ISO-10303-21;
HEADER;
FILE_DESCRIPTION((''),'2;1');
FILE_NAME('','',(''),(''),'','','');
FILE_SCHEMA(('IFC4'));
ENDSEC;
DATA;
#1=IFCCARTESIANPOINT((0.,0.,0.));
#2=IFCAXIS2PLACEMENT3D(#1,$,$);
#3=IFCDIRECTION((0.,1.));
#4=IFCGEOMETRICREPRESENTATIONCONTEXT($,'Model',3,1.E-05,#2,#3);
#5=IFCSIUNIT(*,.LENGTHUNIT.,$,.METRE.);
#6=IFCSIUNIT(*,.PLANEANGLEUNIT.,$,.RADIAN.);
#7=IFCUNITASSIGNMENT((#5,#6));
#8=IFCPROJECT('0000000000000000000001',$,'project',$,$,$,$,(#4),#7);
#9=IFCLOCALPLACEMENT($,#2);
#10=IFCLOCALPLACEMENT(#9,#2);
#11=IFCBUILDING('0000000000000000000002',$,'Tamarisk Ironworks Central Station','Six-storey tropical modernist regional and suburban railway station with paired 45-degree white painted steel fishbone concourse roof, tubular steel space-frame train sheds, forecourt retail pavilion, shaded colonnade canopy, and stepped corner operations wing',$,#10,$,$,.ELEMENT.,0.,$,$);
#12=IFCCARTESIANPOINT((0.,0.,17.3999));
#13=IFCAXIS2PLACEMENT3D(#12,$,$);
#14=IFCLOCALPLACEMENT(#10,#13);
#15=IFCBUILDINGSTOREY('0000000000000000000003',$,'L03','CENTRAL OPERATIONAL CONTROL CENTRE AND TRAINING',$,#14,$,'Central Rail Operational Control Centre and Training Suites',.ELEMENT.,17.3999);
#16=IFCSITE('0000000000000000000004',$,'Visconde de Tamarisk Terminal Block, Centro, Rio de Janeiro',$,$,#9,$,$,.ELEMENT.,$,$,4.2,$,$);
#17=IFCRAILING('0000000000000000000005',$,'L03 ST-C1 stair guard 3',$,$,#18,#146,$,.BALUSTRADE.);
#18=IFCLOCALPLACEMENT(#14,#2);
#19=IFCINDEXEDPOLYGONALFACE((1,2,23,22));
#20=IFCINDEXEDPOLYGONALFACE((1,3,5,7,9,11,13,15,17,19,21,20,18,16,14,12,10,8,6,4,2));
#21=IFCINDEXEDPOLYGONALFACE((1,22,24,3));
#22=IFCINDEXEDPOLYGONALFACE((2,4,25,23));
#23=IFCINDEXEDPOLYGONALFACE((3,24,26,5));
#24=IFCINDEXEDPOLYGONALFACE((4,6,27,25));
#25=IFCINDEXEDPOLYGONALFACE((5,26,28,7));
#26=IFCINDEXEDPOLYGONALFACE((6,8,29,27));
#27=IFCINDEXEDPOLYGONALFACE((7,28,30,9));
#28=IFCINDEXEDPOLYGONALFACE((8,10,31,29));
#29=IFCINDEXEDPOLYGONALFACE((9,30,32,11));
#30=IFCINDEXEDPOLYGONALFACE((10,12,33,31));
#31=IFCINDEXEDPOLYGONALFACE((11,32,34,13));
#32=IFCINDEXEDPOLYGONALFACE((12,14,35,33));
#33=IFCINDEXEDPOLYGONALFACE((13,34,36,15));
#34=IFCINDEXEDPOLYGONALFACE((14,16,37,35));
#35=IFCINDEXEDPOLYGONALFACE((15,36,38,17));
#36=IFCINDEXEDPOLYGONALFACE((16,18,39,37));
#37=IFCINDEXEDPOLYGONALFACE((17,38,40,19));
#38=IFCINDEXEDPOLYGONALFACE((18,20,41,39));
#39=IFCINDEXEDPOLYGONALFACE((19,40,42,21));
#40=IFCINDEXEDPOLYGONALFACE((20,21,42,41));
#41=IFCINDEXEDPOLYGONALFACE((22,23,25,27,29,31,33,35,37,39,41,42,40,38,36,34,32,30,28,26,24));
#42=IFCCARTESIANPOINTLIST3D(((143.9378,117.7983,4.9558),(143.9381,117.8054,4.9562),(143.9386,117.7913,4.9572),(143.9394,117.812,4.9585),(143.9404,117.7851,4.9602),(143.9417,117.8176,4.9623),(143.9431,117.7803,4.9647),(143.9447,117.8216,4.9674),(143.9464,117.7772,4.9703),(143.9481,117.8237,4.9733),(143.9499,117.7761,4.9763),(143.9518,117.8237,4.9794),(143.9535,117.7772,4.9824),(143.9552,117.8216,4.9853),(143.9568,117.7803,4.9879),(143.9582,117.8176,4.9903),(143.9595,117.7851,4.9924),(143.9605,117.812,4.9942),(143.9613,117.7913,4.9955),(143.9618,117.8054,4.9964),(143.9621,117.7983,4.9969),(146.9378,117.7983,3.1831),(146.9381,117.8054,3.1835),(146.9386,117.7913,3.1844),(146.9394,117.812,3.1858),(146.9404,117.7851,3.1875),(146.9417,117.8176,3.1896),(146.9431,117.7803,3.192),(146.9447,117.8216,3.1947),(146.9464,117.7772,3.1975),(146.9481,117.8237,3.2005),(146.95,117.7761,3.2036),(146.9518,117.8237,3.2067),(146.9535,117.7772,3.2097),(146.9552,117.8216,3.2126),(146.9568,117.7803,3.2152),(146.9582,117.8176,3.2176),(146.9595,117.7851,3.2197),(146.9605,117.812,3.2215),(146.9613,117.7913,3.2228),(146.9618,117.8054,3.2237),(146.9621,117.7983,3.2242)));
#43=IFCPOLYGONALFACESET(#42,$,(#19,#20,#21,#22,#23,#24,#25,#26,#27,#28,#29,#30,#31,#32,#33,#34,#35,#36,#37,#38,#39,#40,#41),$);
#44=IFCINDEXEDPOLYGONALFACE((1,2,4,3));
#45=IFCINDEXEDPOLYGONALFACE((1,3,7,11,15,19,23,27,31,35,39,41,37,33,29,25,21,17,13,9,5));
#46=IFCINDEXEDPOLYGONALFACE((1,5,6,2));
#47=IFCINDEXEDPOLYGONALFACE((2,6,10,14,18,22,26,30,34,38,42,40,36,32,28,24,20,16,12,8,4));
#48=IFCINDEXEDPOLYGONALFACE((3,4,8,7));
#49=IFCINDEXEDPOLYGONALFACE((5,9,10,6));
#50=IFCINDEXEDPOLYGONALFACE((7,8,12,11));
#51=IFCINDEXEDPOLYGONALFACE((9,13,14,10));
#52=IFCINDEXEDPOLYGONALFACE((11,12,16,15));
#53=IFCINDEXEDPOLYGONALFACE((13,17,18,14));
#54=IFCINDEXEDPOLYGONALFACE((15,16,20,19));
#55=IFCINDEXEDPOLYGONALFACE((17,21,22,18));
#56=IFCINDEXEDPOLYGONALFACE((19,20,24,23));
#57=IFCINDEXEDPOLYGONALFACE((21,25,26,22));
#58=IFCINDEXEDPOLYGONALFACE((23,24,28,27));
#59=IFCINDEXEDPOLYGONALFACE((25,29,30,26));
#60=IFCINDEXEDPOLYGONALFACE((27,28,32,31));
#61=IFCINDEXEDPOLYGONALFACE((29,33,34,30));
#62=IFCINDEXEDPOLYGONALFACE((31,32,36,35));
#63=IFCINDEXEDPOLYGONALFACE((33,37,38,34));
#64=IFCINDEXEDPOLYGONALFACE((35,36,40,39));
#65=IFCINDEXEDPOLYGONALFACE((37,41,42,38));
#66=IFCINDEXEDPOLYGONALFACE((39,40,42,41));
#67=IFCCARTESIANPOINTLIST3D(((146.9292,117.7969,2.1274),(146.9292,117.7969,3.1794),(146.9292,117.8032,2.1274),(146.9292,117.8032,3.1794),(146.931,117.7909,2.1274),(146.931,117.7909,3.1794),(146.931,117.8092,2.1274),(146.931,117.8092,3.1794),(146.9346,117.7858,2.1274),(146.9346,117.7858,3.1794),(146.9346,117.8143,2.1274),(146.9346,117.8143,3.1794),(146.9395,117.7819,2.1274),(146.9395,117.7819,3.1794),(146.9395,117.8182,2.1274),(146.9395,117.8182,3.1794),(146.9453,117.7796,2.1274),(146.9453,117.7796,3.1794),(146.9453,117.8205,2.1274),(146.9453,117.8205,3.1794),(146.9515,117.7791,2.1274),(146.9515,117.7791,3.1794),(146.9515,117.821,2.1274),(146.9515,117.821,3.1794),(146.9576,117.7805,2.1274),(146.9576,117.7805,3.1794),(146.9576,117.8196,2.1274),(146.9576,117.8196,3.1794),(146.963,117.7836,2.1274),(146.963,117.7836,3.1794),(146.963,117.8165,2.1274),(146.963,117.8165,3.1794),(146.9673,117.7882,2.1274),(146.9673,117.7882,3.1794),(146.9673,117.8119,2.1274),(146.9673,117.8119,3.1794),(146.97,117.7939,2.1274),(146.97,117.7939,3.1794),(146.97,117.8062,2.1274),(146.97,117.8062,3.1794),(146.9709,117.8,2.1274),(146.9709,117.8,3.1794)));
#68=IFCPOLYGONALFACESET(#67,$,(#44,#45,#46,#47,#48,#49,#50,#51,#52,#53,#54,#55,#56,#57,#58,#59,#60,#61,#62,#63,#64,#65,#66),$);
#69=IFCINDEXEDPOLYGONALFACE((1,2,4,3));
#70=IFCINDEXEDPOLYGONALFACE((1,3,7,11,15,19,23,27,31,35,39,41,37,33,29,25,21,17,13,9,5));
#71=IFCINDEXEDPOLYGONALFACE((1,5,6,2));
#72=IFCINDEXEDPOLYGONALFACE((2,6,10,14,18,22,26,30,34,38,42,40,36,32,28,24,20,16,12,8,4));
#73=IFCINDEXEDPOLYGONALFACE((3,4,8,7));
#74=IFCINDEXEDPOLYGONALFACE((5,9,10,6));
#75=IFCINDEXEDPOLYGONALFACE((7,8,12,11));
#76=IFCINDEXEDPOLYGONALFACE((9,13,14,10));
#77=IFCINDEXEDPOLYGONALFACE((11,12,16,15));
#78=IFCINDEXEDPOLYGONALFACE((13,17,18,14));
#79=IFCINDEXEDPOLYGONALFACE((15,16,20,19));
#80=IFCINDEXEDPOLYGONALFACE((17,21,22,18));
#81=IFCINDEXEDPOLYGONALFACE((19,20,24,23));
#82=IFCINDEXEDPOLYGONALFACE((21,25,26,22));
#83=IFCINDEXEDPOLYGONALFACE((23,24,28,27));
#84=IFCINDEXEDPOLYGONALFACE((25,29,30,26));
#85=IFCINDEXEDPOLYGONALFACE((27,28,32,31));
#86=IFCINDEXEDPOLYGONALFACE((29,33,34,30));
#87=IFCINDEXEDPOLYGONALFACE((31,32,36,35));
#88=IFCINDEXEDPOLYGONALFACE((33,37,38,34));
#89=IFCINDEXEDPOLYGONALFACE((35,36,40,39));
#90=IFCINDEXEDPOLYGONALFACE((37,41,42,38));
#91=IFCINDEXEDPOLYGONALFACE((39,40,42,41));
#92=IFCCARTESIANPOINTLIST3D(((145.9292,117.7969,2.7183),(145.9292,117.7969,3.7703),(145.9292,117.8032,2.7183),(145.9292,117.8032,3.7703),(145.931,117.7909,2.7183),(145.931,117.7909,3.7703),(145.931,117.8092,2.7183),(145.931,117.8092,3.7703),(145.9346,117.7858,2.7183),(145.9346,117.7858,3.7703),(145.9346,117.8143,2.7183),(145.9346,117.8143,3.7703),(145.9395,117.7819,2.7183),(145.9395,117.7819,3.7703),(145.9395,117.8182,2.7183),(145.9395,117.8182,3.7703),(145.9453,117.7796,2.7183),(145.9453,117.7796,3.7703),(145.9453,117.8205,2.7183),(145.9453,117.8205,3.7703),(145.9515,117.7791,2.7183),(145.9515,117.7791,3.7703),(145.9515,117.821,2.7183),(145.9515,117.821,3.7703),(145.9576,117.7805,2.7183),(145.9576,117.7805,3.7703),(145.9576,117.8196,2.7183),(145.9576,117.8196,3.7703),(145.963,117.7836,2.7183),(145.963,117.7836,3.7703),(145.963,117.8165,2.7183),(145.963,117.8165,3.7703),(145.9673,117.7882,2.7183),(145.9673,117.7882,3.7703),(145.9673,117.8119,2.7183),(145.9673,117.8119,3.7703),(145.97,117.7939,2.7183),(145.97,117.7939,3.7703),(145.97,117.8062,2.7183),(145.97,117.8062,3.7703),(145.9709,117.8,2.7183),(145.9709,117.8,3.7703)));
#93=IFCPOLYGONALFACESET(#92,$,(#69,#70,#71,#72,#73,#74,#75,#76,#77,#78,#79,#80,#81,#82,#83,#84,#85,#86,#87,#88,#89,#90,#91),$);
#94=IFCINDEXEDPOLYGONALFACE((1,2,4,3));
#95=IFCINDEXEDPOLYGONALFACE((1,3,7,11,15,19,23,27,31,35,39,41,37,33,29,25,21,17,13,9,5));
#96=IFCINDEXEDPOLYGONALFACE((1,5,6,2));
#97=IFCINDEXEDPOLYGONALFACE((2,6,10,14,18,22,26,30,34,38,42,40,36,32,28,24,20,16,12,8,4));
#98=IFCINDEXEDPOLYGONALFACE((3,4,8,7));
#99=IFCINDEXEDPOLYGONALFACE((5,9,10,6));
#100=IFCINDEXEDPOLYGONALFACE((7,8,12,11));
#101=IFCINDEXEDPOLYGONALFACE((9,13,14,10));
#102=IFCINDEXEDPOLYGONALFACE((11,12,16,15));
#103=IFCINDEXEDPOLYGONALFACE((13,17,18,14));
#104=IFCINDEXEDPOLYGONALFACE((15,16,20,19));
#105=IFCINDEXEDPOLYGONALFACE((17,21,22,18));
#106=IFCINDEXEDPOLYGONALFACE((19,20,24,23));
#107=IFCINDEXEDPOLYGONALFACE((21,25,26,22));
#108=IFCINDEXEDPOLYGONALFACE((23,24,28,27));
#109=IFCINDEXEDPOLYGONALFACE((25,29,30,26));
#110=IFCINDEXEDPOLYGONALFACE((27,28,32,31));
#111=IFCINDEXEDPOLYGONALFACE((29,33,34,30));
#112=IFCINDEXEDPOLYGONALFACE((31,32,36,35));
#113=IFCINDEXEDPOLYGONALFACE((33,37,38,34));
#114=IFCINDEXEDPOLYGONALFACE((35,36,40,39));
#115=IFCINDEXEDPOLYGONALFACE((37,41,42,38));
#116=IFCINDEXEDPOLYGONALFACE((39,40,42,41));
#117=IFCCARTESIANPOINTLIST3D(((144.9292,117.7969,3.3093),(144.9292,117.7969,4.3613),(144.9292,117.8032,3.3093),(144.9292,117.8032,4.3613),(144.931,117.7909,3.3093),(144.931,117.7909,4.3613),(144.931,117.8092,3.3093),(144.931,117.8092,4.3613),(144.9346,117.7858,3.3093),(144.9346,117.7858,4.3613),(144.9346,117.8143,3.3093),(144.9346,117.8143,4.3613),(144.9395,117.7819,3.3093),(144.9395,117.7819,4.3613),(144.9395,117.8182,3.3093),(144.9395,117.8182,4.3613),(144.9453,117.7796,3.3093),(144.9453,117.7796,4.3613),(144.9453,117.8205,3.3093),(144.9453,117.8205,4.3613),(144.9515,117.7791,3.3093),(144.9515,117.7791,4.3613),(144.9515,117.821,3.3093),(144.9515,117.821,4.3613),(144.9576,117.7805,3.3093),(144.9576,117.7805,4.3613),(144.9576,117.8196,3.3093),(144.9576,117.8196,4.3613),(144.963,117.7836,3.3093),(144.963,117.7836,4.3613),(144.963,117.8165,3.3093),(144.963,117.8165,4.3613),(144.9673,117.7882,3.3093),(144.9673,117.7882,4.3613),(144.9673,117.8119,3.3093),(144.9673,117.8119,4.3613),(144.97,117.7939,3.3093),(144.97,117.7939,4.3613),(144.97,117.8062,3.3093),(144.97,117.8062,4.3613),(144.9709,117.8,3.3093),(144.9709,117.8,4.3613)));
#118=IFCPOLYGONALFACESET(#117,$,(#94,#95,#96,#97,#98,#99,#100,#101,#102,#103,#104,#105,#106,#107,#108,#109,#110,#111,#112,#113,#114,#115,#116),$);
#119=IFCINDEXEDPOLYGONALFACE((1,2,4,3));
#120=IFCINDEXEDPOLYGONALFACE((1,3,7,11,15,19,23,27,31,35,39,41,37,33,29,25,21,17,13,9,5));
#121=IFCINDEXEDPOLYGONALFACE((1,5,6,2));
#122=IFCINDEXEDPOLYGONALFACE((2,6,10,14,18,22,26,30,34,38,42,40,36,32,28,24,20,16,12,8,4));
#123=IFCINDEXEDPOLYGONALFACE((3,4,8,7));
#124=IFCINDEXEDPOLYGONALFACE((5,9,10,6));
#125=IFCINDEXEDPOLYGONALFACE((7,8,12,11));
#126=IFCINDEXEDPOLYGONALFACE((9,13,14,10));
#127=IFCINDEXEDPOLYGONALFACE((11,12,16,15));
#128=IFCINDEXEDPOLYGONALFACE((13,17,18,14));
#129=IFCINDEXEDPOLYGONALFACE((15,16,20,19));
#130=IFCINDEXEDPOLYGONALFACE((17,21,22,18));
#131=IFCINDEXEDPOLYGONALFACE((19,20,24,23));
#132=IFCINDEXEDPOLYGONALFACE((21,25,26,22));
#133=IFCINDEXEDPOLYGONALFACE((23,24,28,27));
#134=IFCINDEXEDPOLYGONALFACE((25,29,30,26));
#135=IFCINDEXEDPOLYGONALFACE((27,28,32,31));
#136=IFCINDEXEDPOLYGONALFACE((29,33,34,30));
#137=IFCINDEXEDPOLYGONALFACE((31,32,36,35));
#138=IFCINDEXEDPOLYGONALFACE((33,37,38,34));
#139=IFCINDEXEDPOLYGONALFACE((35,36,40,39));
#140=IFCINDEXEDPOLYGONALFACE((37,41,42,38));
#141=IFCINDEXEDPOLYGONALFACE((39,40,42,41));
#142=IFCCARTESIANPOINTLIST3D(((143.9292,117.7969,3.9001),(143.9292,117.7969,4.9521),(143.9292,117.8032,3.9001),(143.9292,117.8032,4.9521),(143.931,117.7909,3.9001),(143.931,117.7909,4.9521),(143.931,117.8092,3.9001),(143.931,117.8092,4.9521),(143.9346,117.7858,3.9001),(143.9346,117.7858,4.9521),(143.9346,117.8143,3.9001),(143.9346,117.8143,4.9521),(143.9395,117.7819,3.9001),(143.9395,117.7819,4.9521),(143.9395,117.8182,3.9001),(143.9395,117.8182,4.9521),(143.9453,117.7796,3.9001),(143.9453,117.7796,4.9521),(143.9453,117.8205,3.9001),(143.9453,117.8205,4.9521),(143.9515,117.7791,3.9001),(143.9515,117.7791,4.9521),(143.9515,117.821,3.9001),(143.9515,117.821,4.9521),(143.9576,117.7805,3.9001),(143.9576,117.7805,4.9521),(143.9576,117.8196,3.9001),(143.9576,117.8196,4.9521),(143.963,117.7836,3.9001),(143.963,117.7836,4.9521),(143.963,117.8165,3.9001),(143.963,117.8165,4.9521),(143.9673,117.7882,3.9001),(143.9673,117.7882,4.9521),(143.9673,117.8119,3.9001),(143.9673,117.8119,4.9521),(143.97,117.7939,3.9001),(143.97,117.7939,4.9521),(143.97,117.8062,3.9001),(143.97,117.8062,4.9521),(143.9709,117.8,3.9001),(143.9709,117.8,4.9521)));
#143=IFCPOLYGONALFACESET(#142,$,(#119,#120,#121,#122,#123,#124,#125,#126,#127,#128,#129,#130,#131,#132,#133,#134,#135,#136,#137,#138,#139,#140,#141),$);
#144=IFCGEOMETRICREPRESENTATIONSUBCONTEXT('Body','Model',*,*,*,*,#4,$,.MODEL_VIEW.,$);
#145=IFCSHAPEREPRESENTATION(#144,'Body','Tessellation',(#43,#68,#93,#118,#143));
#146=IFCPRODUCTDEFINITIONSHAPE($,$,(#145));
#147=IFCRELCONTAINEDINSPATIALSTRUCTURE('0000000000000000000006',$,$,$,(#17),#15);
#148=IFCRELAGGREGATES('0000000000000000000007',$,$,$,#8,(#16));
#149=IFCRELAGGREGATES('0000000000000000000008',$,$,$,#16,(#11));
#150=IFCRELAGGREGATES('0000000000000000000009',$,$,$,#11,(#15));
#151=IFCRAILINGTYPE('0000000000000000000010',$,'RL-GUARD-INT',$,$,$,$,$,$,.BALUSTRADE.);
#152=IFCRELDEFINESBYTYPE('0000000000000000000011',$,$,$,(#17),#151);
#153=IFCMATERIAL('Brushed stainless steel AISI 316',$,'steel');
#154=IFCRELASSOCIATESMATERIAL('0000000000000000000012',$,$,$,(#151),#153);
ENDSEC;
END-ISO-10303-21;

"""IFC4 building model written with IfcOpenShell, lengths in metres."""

from ifc_helpers import new_model, si_unit, direction, frame, origin, origin_2d, place, context, subcontext, project, spatial, circle, extrude, material, type_object, element, save


model = new_model("IFC4")

# Units and contexts
model_context = context("Model", 3, precision=1e-05, world=origin(), true_north=direction((0.0, 1.0)))
body_context = subcontext(model_context, "Body", "Model", "MODEL_VIEW")
ifc_project = project(units=[si_unit("LENGTHUNIT", "METRE"), si_unit("PLANEANGLEUNIT", "RADIAN")], contexts=[model_context])

# Site, building, storey
site_placement = place(None, origin())
site = spatial("IfcSite", under=ifc_project, at=site_placement, Name="Visconde de Tamarisk Terminal Block, Centro, Rio de Janeiro", CompositionType="ELEMENT", RefElevation=4.2)
building_placement = place(site_placement, origin())
building = spatial("IfcBuilding", under=site, at=building_placement, Name="Tamarisk Ironworks Central Station", Description="Six-storey tropical modernist regional and suburban railway station with paired 45-degree white painted steel fishbone concourse roof, tubular steel space-frame train sheds, forecourt retail pavilion, shaded colonnade canopy, and stepped corner operations wing", CompositionType="ELEMENT", ElevationOfRefHeight=0.0)
storey_placement = place(building_placement, frame((0.0, 0.0, 17.3999)))
storey = spatial("IfcBuildingStorey", under=building, at=storey_placement, Name="L03", Description="CENTRAL OPERATIONAL CONTROL CENTRE AND TRAINING", LongName="Central Rail Operational Control Centre and Training Suites", CompositionType="ELEMENT", Elevation=17.3999)

# Railing
ifc_material_1 = material(Name="Brushed stainless steel AISI 316", Category="steel")
railing_type_1 = type_object("IfcRailingType", Name="RL-GUARD-INT", PredefinedType="BALUSTRADE", material=ifc_material_1)
railing_1_placement = place(storey_placement, frame((146.95, 117.8, 2.1274)))
element("IfcRailing", 1, at=railing_1_placement, inside=storey, type_object=railing_type_1, Name="L03 ST-C1 stair guard 3", PredefinedType="BALUSTRADE", context=body_context, shape_type="SweptSolid", body=[
    extrude(circle(Radius=0.0239, at=origin_2d()), frame((0.0, 0.0, 1.0762), z_axis=(-0.860929, 0.0, 0.508725), x_axis=(0.0, -1.0, 0.0)), (0.0, 0.0, 1.0), 3.4846),
    extrude(circle(Radius=0.021, at=origin_2d()), origin(), (0.0, 0.0, 1.0), 1.052),
    extrude(circle(Radius=0.021, at=origin_2d()), frame((-1.0, 0.0, 0.5908)), (0.0, 0.0, 1.0), 1.052),
    extrude(circle(Radius=0.021, at=origin_2d()), frame((-2.0, 0.0, 1.1819)), (0.0, 0.0, 1.0), 1.052),
    extrude(circle(Radius=0.021, at=origin_2d()), frame((-3.0, 0.0, 1.7727)), (0.0, 0.0, 1.0), 1.052),
])

save(model, "model.ifc")
